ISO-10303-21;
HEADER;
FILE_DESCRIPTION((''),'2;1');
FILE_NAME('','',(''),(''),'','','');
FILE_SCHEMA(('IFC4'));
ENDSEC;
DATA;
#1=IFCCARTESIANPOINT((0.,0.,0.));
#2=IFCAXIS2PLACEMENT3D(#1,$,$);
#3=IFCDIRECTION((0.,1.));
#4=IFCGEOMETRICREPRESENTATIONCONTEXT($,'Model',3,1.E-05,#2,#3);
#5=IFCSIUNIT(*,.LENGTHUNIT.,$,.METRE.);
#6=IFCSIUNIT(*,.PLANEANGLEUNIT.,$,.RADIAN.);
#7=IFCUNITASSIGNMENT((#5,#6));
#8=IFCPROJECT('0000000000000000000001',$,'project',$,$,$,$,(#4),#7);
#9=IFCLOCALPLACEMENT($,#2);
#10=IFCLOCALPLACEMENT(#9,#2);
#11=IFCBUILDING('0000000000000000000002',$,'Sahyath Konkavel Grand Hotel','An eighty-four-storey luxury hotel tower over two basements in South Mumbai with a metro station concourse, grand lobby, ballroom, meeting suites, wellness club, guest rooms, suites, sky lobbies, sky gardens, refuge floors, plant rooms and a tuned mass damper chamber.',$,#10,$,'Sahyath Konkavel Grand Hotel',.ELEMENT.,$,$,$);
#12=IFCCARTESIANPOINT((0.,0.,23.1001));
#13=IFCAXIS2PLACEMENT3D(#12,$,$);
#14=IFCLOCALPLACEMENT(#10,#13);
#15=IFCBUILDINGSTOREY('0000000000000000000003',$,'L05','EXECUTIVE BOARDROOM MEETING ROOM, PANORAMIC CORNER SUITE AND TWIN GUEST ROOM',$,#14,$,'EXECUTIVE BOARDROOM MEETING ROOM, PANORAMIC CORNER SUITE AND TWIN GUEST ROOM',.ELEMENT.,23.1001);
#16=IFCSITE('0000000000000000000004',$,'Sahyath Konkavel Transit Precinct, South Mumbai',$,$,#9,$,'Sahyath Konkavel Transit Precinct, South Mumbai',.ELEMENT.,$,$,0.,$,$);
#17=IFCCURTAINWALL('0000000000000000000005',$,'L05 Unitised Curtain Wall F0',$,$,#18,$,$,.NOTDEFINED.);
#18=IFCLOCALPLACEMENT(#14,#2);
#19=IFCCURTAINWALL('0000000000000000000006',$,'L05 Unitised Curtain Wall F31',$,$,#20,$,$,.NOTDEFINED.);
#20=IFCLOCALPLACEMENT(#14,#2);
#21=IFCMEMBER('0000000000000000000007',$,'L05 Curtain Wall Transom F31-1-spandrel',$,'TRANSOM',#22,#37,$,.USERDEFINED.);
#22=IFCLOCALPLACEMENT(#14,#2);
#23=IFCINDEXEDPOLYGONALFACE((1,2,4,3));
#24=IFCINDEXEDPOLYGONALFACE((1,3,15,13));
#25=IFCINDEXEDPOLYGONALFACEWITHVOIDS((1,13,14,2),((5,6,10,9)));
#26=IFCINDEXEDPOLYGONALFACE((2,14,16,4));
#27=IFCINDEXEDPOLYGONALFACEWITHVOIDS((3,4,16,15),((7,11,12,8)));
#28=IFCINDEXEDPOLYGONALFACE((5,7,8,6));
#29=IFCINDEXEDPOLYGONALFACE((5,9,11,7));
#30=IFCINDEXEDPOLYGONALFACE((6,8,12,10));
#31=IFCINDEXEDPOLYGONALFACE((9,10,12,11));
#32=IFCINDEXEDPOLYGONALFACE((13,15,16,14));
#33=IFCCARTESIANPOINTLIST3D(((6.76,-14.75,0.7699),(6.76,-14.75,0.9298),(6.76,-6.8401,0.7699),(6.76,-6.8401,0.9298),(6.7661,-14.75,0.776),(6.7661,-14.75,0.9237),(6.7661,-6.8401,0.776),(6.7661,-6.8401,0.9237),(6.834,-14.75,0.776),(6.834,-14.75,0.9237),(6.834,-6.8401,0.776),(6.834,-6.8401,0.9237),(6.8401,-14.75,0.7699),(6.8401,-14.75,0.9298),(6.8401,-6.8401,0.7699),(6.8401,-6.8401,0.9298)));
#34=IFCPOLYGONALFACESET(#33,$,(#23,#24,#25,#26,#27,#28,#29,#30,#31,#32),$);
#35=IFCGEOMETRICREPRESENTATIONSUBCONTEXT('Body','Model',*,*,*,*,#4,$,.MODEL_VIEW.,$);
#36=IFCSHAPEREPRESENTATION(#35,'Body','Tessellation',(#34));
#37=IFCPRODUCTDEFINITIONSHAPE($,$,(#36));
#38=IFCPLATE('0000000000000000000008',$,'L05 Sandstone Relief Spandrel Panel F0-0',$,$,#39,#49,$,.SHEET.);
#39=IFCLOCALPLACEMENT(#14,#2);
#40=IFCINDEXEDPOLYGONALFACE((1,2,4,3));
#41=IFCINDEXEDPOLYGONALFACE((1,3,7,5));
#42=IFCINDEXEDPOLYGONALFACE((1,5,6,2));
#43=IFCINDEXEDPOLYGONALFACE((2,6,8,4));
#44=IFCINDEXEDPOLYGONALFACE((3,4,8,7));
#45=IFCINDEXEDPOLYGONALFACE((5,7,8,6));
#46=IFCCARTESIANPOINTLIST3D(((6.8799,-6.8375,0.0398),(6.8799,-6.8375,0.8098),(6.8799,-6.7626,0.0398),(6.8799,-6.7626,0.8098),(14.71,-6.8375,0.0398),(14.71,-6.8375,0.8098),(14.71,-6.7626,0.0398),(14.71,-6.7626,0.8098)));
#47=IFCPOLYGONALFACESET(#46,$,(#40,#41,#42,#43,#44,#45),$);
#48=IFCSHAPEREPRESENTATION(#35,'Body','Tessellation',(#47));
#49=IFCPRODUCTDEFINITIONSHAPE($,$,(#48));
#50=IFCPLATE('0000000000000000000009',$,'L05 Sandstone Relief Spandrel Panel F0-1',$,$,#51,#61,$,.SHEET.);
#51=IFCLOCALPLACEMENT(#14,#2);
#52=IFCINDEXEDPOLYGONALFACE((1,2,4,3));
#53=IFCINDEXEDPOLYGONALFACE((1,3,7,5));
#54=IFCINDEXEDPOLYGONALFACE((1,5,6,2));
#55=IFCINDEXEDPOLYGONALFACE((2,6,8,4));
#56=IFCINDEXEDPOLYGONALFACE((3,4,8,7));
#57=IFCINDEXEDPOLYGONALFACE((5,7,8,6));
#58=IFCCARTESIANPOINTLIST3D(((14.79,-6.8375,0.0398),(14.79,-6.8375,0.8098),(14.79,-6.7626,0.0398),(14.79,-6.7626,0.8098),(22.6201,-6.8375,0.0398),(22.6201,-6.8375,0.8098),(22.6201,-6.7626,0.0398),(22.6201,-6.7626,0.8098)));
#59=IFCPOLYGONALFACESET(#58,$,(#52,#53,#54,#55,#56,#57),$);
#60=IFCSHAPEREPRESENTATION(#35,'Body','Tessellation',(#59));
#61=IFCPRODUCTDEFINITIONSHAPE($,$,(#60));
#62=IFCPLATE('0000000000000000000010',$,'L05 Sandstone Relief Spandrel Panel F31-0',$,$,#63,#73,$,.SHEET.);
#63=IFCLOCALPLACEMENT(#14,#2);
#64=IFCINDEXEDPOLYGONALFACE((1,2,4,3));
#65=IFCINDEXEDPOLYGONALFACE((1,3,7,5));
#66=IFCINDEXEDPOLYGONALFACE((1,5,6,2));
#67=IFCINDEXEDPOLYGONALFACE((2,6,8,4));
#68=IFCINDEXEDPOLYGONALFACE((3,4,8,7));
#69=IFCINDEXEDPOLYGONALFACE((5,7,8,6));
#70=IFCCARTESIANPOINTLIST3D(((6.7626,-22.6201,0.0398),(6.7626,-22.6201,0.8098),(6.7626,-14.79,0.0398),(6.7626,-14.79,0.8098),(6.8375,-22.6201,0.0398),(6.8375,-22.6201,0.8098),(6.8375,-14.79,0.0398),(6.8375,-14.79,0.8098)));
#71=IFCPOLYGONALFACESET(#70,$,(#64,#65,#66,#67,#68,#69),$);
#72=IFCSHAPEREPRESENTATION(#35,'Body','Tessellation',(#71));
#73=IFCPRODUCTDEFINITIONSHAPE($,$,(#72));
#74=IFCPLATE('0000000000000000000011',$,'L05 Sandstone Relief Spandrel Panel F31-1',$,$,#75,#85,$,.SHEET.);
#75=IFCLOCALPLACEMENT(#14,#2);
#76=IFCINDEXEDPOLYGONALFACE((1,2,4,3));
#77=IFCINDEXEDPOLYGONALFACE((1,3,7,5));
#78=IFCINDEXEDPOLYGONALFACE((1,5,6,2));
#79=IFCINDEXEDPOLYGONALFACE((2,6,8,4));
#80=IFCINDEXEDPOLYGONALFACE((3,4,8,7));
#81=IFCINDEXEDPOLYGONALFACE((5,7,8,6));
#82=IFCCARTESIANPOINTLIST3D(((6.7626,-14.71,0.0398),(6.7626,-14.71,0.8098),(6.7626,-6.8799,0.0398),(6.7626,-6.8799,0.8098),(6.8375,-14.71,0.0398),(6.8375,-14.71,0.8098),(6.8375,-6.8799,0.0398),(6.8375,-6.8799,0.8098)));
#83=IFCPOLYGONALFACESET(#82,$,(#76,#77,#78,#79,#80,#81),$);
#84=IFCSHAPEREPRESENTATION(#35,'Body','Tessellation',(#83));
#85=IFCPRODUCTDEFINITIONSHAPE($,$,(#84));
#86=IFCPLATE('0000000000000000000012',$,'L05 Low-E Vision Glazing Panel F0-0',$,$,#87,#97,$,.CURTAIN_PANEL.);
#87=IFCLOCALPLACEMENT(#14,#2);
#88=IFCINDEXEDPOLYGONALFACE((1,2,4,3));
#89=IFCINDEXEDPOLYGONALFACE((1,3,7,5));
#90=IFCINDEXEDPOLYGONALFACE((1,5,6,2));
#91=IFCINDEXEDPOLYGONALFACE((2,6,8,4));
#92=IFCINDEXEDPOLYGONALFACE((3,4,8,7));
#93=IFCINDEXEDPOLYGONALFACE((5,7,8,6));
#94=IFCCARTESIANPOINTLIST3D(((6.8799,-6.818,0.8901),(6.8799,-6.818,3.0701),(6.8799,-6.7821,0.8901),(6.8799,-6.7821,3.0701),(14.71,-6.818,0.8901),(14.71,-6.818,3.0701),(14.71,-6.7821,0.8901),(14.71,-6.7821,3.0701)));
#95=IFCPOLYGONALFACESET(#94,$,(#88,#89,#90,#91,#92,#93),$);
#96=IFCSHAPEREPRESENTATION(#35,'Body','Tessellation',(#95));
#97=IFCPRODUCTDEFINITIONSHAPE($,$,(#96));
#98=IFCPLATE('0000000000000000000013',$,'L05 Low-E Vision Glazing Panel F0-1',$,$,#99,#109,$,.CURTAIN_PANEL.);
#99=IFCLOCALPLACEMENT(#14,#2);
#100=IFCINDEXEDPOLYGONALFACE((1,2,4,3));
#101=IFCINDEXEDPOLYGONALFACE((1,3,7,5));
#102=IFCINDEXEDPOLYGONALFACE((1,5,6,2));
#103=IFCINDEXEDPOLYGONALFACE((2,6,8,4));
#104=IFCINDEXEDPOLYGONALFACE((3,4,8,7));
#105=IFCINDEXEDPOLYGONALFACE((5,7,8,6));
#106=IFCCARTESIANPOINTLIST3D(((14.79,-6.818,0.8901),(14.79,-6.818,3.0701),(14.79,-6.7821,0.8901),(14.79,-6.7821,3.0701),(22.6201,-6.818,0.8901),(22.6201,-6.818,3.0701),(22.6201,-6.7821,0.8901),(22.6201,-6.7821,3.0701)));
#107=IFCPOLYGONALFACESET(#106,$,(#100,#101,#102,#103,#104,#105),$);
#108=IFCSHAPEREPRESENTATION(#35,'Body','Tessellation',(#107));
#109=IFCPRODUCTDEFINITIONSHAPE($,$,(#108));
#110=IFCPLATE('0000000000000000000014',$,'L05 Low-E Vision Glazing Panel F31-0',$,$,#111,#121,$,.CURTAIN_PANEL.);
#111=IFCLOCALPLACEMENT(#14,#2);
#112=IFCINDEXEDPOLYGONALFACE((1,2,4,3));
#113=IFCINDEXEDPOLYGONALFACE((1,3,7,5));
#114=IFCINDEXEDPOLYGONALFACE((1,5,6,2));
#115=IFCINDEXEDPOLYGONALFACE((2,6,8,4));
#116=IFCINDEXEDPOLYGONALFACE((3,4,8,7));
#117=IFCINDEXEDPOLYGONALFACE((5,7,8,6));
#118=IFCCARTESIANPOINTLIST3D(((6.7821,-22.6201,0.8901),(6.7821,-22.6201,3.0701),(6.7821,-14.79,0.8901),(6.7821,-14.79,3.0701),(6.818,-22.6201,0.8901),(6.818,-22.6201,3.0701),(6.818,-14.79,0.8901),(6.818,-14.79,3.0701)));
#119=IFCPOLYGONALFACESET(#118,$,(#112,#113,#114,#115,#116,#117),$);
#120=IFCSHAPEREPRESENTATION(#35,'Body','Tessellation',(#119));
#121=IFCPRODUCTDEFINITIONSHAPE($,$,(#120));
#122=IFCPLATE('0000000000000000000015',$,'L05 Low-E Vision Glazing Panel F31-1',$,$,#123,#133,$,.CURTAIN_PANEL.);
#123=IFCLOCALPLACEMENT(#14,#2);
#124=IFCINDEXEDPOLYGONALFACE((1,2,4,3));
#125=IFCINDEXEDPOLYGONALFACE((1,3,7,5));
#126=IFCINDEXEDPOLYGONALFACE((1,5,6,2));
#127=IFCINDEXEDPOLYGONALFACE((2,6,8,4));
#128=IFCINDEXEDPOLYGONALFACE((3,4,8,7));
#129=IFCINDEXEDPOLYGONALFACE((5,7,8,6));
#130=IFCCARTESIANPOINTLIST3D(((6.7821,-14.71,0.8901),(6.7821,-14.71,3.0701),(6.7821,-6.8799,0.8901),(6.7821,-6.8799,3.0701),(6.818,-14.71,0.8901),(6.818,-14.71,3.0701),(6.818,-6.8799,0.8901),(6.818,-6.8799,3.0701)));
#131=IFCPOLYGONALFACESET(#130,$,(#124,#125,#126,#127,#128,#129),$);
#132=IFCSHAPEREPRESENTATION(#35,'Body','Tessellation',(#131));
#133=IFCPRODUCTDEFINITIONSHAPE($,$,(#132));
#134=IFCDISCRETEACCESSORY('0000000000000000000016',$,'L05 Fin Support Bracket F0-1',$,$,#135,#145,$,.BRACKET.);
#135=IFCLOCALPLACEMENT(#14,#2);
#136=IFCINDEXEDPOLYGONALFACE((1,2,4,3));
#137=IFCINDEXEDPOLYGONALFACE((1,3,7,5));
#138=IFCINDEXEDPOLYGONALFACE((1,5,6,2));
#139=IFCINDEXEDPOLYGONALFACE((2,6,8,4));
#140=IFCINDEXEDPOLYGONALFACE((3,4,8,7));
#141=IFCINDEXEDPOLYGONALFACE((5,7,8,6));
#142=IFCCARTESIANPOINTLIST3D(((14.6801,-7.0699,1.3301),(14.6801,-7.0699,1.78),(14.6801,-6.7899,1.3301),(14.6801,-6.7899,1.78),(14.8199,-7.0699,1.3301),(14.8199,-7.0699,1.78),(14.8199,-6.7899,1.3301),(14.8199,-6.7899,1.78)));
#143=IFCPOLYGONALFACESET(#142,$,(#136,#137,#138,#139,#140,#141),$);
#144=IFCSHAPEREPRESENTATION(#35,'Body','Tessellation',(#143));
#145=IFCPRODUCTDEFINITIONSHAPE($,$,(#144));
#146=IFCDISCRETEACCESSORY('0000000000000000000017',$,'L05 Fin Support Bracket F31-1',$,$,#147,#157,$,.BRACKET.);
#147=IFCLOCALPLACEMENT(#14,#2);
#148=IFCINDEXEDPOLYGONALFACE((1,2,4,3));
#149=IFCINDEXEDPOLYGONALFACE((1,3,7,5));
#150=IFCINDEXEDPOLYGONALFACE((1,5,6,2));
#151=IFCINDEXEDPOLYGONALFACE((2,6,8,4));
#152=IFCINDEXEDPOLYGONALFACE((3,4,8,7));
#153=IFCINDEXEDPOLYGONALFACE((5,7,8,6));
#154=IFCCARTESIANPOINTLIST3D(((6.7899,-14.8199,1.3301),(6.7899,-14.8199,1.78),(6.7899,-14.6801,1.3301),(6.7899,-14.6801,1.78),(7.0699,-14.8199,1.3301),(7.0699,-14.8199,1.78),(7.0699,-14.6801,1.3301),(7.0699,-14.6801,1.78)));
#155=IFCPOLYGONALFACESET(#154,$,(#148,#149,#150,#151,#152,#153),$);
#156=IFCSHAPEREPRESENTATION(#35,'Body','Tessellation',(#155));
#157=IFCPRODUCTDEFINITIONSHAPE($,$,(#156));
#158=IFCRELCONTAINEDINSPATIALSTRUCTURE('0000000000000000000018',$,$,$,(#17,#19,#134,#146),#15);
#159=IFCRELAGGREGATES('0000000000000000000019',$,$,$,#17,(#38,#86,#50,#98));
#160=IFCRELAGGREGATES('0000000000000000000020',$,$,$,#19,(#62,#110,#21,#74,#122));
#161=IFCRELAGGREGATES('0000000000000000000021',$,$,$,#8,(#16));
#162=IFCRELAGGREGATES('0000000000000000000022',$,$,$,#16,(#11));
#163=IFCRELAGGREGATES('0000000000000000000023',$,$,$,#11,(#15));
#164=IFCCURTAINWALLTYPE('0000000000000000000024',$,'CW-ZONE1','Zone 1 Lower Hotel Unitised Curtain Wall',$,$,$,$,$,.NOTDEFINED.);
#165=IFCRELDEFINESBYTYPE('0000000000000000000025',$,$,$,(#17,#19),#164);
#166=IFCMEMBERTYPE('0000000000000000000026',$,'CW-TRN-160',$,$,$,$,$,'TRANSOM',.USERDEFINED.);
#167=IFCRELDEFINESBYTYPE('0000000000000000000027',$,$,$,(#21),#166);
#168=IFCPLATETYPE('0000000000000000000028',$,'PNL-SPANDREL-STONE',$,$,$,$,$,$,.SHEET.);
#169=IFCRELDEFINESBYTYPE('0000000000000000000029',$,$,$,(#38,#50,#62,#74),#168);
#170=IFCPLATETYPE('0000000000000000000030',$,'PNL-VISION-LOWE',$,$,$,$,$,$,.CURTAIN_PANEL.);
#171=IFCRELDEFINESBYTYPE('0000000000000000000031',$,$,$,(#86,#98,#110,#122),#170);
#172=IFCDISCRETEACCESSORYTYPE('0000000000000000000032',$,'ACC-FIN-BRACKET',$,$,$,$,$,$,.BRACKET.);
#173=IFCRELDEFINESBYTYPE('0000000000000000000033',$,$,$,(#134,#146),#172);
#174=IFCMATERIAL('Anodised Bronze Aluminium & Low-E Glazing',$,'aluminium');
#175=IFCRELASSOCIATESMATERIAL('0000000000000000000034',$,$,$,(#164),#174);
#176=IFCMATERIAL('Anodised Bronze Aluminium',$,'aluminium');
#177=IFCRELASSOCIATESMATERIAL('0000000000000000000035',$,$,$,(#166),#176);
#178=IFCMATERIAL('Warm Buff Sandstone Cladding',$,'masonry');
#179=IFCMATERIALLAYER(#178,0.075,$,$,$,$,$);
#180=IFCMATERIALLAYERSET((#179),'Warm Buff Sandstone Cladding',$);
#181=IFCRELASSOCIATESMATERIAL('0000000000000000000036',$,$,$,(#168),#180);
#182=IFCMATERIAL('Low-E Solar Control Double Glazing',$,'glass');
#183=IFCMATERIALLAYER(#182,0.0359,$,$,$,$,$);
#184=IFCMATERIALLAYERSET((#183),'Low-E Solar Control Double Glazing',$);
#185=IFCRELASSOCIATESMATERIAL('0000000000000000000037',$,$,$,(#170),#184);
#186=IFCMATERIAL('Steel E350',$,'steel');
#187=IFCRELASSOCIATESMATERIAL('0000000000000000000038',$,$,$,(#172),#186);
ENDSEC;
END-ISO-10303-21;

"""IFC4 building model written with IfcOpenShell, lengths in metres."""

from ifc_helpers import new_model, si_unit, direction, frame, origin, origin_2d, place, context, subcontext, project, spatial, rectangle, hollow_rectangle, extrude, source, transform, mapped, material, layer, layer_set, material_profile, profile_set, type_object, element, aggregate, save


model = new_model("IFC4")

# Units and contexts
model_context = context("Model", 3, precision=1e-05, world=origin(), true_north=direction((0.0, 1.0)))
body_context = subcontext(model_context, "Body", "Model", "MODEL_VIEW")
ifc_project = project(units=[si_unit("LENGTHUNIT", "METRE"), si_unit("PLANEANGLEUNIT", "RADIAN")], contexts=[model_context])

# Site, building, storey
site_placement = place(None, origin())
site = spatial("IfcSite", under=ifc_project, at=site_placement, Name="Sahyath Konkavel Transit Precinct, South Mumbai", LongName="Sahyath Konkavel Transit Precinct, South Mumbai", CompositionType="ELEMENT", RefElevation=0.0)
building_placement = place(site_placement, origin())
building = spatial("IfcBuilding", under=site, at=building_placement, Name="Sahyath Konkavel Grand Hotel", Description="An eighty-four-storey luxury hotel tower over two basements in South Mumbai with a metro station concourse, grand lobby, ballroom, meeting suites, wellness club, guest rooms, suites, sky lobbies, sky gardens, refuge floors, plant rooms and a tuned mass damper chamber.", LongName="Sahyath Konkavel Grand Hotel", CompositionType="ELEMENT")
storey_placement = place(building_placement, frame((0.0, 0.0, 23.1001)))
storey = spatial("IfcBuildingStorey", under=building, at=storey_placement, Name="L05", Description="EXECUTIVE BOARDROOM MEETING ROOM, PANORAMIC CORNER SUITE AND TWIN GUEST ROOM", LongName="EXECUTIVE BOARDROOM MEETING ROOM, PANORAMIC CORNER SUITE AND TWIN GUEST ROOM", CompositionType="ELEMENT", Elevation=23.1001)

# Curtain walls
ifc_material_1 = material(Name="Anodised Bronze Aluminium & Low-E Glazing", Category="aluminium")
curtain_wall_type = type_object("IfcCurtainWallType", Name="CW-ZONE1", Description="Zone 1 Lower Hotel Unitised Curtain Wall", PredefinedType="NOTDEFINED", material=ifc_material_1)
curtain_wall_1_placement = place(storey_placement, origin())
curtain_wall_1 = element("IfcCurtainWall", 1, at=curtain_wall_1_placement, inside=storey, type_object=curtain_wall_type, Name="L05 Unitised Curtain Wall F0", PredefinedType="NOTDEFINED")
ifc_material_2 = material(Name="Anodised Bronze Aluminium", Category="aluminium")
curtain_wall_2_placement = place(storey_placement, origin())
curtain_wall_2 = element("IfcCurtainWall", 2, at=curtain_wall_2_placement, inside=storey, type_object=curtain_wall_type, Name="L05 Unitised Curtain Wall F31", PredefinedType="NOTDEFINED")

# Member
ifc_material_profile_1 = material_profile(ifc_material_2, hollow_rectangle(XDim=0.0801, YDim=0.1599, WallThickness=0.0061, at=origin_2d()), Name="RHS 160x80x6")
ifc_profile_set_1 = profile_set([ifc_material_profile_1], Name="Anodised Bronze Aluminium")
member_type_1 = type_object("IfcMemberType", Name="CW-TRN-160", ElementType="TRANSOM", PredefinedType="USERDEFINED", material=ifc_profile_set_1)
shared_shape_1 = source(origin(), body_context, "Body", "SweptSolid", [
    extrude(hollow_rectangle(XDim=0.0801, YDim=0.1599, WallThickness=0.0061, at=origin_2d()), origin(), (0.0, 0.0, 1.0), 7.9099),
])
member_1_placement = place(storey_placement, frame((6.8, -14.75, 0.8499), z_axis=(0.0, 1.0, 0.0), x_axis=(-1.0, 0.0, 0.0)))
member_1 = element("IfcMember", 3, at=member_1_placement, type_object=member_type_1, Name="L05 Curtain Wall Transom F31-1-spandrel", ObjectType="TRANSOM", PredefinedType="USERDEFINED", context=body_context, shape_type="MappedRepresentation", body=[
    mapped(shared_shape_1, transform((0.0, 0.0, 0.0), scale=1.0)),
])

# Plates
ifc_material_3 = material(Name="Warm Buff Sandstone Cladding", Category="masonry")
ifc_layer_1 = layer(ifc_material_3, 0.075)
ifc_layer_set_1 = layer_set([ifc_layer_1], Name="Warm Buff Sandstone Cladding")
plate_type_1 = type_object("IfcPlateType", Name="PNL-SPANDREL-STONE", PredefinedType="SHEET", material=ifc_layer_set_1)
shared_shape_2 = source(origin(), body_context, "Body", "SweptSolid", [
    extrude(rectangle(XDim=7.8301, YDim=0.075, at=origin_2d()), origin(), (0.0, 0.0, 1.0), 0.77),
])
plate_1_placement = place(storey_placement, frame((10.7949, -6.8, 0.0398), z_axis=(0.0, 0.0, 1.0), x_axis=(1.0, 0.0, 0.0)))
plate_1 = element("IfcPlate", 4, at=plate_1_placement, type_object=plate_type_1, Name="L05 Sandstone Relief Spandrel Panel F0-0", PredefinedType="SHEET", context=body_context, shape_type="MappedRepresentation", body=[
    mapped(shared_shape_2, transform((0.0, 0.0, 0.0), scale=1.0)),
])
plate_2_placement = place(storey_placement, frame((18.7051, -6.8, 0.0398), z_axis=(0.0, 0.0, 1.0), x_axis=(1.0, 0.0, 0.0)))
plate_2 = element("IfcPlate", 5, at=plate_2_placement, type_object=plate_type_1, Name="L05 Sandstone Relief Spandrel Panel F0-1", PredefinedType="SHEET", context=body_context, shape_type="MappedRepresentation", body=[
    mapped(shared_shape_2, transform((0.0, 0.0, 0.0), scale=1.0)),
])
plate_3_placement = place(storey_placement, frame((6.8, -18.7051, 0.0398), z_axis=(0.0, 0.0, 1.0), x_axis=(0.0, 1.0, 0.0)))
plate_3 = element("IfcPlate", 6, at=plate_3_placement, type_object=plate_type_1, Name="L05 Sandstone Relief Spandrel Panel F31-0", PredefinedType="SHEET", context=body_context, shape_type="MappedRepresentation", body=[
    mapped(shared_shape_2, transform((0.0, 0.0, 0.0), scale=1.0)),
])
plate_4_placement = place(storey_placement, frame((6.8, -10.7949, 0.0398), z_axis=(0.0, 0.0, 1.0), x_axis=(0.0, 1.0, 0.0)))
plate_4 = element("IfcPlate", 7, at=plate_4_placement, type_object=plate_type_1, Name="L05 Sandstone Relief Spandrel Panel F31-1", PredefinedType="SHEET", context=body_context, shape_type="MappedRepresentation", body=[
    mapped(shared_shape_2, transform((0.0, 0.0, 0.0), scale=1.0)),
])
ifc_material_4 = material(Name="Low-E Solar Control Double Glazing", Category="glass")
ifc_layer_2 = layer(ifc_material_4, 0.0359)
ifc_layer_set_2 = layer_set([ifc_layer_2], Name="Low-E Solar Control Double Glazing")
plate_type_2 = type_object("IfcPlateType", Name="PNL-VISION-LOWE", PredefinedType="CURTAIN_PANEL", material=ifc_layer_set_2)
shared_shape_3 = source(origin(), body_context, "Body", "SweptSolid", [
    extrude(rectangle(XDim=7.8301, YDim=0.0359, at=origin_2d()), origin(), (0.0, 0.0, 1.0), 2.1799),
])
plate_5_placement = place(storey_placement, frame((10.7949, -6.8, 0.8901), z_axis=(0.0, 0.0, 1.0), x_axis=(1.0, 0.0, 0.0)))
plate_5 = element("IfcPlate", 8, at=plate_5_placement, type_object=plate_type_2, Name="L05 Low-E Vision Glazing Panel F0-0", PredefinedType="CURTAIN_PANEL", context=body_context, shape_type="MappedRepresentation", body=[
    mapped(shared_shape_3, transform((0.0, 0.0, 0.0), scale=1.0)),
])
plate_6_placement = place(storey_placement, frame((18.7051, -6.8, 0.8901), z_axis=(0.0, 0.0, 1.0), x_axis=(1.0, 0.0, 0.0)))
plate_6 = element("IfcPlate", 9, at=plate_6_placement, type_object=plate_type_2, Name="L05 Low-E Vision Glazing Panel F0-1", PredefinedType="CURTAIN_PANEL", context=body_context, shape_type="MappedRepresentation", body=[
    mapped(shared_shape_3, transform((0.0, 0.0, 0.0), scale=1.0)),
])
aggregate(curtain_wall_1, [plate_1, plate_5, plate_2, plate_6])
plate_7_placement = place(storey_placement, frame((6.8, -18.7051, 0.8901), z_axis=(0.0, 0.0, 1.0), x_axis=(0.0, 1.0, 0.0)))
plate_7 = element("IfcPlate", 10, at=plate_7_placement, type_object=plate_type_2, Name="L05 Low-E Vision Glazing Panel F31-0", PredefinedType="CURTAIN_PANEL", context=body_context, shape_type="MappedRepresentation", body=[
    mapped(shared_shape_3, transform((0.0, 0.0, 0.0), scale=1.0)),
])
plate_8_placement = place(storey_placement, frame((6.8, -10.7949, 0.8901), z_axis=(0.0, 0.0, 1.0), x_axis=(0.0, 1.0, 0.0)))
plate_8 = element("IfcPlate", 11, at=plate_8_placement, type_object=plate_type_2, Name="L05 Low-E Vision Glazing Panel F31-1", PredefinedType="CURTAIN_PANEL", context=body_context, shape_type="MappedRepresentation", body=[
    mapped(shared_shape_3, transform((0.0, 0.0, 0.0), scale=1.0)),
])
aggregate(curtain_wall_2, [plate_3, plate_7, member_1, plate_4, plate_8])

# Discrete accessories
ifc_material_5 = material(Name="Steel E350", Category="steel")
discrete_accessory_type = type_object("IfcDiscreteAccessoryType", Name="ACC-FIN-BRACKET", PredefinedType="BRACKET", material=ifc_material_5)
shared_shape_4 = source(origin(), body_context, "Body", "SweptSolid", [
    extrude(rectangle(XDim=0.28, YDim=0.1399, at=origin_2d()), origin(), (0.0, 0.0, 1.0), 0.45),
])
for number, where, z_axis, x_axis, name in (
    (12, (14.75, -6.9299, 1.3301), (0.0, 0.0, 1.0), (0.0, -1.0, 0.0), "L05 Fin Support Bracket F0-1"),
    (13, (6.9299, -14.75, 1.3301), (0.0, 0.0, 1.0), (1.0, 0.0, 0.0), "L05 Fin Support Bracket F31-1"),
):
    element("IfcDiscreteAccessory", number, at=place(storey_placement, frame(where, z_axis=z_axis, x_axis=x_axis)), inside=storey, type_object=discrete_accessory_type, Name=name, PredefinedType="BRACKET", context=body_context, shape_type="MappedRepresentation", body=[
        mapped(shared_shape_4, transform((0.0, 0.0, 0.0), scale=1.0)),
    ])

save(model, "model.ifc")
